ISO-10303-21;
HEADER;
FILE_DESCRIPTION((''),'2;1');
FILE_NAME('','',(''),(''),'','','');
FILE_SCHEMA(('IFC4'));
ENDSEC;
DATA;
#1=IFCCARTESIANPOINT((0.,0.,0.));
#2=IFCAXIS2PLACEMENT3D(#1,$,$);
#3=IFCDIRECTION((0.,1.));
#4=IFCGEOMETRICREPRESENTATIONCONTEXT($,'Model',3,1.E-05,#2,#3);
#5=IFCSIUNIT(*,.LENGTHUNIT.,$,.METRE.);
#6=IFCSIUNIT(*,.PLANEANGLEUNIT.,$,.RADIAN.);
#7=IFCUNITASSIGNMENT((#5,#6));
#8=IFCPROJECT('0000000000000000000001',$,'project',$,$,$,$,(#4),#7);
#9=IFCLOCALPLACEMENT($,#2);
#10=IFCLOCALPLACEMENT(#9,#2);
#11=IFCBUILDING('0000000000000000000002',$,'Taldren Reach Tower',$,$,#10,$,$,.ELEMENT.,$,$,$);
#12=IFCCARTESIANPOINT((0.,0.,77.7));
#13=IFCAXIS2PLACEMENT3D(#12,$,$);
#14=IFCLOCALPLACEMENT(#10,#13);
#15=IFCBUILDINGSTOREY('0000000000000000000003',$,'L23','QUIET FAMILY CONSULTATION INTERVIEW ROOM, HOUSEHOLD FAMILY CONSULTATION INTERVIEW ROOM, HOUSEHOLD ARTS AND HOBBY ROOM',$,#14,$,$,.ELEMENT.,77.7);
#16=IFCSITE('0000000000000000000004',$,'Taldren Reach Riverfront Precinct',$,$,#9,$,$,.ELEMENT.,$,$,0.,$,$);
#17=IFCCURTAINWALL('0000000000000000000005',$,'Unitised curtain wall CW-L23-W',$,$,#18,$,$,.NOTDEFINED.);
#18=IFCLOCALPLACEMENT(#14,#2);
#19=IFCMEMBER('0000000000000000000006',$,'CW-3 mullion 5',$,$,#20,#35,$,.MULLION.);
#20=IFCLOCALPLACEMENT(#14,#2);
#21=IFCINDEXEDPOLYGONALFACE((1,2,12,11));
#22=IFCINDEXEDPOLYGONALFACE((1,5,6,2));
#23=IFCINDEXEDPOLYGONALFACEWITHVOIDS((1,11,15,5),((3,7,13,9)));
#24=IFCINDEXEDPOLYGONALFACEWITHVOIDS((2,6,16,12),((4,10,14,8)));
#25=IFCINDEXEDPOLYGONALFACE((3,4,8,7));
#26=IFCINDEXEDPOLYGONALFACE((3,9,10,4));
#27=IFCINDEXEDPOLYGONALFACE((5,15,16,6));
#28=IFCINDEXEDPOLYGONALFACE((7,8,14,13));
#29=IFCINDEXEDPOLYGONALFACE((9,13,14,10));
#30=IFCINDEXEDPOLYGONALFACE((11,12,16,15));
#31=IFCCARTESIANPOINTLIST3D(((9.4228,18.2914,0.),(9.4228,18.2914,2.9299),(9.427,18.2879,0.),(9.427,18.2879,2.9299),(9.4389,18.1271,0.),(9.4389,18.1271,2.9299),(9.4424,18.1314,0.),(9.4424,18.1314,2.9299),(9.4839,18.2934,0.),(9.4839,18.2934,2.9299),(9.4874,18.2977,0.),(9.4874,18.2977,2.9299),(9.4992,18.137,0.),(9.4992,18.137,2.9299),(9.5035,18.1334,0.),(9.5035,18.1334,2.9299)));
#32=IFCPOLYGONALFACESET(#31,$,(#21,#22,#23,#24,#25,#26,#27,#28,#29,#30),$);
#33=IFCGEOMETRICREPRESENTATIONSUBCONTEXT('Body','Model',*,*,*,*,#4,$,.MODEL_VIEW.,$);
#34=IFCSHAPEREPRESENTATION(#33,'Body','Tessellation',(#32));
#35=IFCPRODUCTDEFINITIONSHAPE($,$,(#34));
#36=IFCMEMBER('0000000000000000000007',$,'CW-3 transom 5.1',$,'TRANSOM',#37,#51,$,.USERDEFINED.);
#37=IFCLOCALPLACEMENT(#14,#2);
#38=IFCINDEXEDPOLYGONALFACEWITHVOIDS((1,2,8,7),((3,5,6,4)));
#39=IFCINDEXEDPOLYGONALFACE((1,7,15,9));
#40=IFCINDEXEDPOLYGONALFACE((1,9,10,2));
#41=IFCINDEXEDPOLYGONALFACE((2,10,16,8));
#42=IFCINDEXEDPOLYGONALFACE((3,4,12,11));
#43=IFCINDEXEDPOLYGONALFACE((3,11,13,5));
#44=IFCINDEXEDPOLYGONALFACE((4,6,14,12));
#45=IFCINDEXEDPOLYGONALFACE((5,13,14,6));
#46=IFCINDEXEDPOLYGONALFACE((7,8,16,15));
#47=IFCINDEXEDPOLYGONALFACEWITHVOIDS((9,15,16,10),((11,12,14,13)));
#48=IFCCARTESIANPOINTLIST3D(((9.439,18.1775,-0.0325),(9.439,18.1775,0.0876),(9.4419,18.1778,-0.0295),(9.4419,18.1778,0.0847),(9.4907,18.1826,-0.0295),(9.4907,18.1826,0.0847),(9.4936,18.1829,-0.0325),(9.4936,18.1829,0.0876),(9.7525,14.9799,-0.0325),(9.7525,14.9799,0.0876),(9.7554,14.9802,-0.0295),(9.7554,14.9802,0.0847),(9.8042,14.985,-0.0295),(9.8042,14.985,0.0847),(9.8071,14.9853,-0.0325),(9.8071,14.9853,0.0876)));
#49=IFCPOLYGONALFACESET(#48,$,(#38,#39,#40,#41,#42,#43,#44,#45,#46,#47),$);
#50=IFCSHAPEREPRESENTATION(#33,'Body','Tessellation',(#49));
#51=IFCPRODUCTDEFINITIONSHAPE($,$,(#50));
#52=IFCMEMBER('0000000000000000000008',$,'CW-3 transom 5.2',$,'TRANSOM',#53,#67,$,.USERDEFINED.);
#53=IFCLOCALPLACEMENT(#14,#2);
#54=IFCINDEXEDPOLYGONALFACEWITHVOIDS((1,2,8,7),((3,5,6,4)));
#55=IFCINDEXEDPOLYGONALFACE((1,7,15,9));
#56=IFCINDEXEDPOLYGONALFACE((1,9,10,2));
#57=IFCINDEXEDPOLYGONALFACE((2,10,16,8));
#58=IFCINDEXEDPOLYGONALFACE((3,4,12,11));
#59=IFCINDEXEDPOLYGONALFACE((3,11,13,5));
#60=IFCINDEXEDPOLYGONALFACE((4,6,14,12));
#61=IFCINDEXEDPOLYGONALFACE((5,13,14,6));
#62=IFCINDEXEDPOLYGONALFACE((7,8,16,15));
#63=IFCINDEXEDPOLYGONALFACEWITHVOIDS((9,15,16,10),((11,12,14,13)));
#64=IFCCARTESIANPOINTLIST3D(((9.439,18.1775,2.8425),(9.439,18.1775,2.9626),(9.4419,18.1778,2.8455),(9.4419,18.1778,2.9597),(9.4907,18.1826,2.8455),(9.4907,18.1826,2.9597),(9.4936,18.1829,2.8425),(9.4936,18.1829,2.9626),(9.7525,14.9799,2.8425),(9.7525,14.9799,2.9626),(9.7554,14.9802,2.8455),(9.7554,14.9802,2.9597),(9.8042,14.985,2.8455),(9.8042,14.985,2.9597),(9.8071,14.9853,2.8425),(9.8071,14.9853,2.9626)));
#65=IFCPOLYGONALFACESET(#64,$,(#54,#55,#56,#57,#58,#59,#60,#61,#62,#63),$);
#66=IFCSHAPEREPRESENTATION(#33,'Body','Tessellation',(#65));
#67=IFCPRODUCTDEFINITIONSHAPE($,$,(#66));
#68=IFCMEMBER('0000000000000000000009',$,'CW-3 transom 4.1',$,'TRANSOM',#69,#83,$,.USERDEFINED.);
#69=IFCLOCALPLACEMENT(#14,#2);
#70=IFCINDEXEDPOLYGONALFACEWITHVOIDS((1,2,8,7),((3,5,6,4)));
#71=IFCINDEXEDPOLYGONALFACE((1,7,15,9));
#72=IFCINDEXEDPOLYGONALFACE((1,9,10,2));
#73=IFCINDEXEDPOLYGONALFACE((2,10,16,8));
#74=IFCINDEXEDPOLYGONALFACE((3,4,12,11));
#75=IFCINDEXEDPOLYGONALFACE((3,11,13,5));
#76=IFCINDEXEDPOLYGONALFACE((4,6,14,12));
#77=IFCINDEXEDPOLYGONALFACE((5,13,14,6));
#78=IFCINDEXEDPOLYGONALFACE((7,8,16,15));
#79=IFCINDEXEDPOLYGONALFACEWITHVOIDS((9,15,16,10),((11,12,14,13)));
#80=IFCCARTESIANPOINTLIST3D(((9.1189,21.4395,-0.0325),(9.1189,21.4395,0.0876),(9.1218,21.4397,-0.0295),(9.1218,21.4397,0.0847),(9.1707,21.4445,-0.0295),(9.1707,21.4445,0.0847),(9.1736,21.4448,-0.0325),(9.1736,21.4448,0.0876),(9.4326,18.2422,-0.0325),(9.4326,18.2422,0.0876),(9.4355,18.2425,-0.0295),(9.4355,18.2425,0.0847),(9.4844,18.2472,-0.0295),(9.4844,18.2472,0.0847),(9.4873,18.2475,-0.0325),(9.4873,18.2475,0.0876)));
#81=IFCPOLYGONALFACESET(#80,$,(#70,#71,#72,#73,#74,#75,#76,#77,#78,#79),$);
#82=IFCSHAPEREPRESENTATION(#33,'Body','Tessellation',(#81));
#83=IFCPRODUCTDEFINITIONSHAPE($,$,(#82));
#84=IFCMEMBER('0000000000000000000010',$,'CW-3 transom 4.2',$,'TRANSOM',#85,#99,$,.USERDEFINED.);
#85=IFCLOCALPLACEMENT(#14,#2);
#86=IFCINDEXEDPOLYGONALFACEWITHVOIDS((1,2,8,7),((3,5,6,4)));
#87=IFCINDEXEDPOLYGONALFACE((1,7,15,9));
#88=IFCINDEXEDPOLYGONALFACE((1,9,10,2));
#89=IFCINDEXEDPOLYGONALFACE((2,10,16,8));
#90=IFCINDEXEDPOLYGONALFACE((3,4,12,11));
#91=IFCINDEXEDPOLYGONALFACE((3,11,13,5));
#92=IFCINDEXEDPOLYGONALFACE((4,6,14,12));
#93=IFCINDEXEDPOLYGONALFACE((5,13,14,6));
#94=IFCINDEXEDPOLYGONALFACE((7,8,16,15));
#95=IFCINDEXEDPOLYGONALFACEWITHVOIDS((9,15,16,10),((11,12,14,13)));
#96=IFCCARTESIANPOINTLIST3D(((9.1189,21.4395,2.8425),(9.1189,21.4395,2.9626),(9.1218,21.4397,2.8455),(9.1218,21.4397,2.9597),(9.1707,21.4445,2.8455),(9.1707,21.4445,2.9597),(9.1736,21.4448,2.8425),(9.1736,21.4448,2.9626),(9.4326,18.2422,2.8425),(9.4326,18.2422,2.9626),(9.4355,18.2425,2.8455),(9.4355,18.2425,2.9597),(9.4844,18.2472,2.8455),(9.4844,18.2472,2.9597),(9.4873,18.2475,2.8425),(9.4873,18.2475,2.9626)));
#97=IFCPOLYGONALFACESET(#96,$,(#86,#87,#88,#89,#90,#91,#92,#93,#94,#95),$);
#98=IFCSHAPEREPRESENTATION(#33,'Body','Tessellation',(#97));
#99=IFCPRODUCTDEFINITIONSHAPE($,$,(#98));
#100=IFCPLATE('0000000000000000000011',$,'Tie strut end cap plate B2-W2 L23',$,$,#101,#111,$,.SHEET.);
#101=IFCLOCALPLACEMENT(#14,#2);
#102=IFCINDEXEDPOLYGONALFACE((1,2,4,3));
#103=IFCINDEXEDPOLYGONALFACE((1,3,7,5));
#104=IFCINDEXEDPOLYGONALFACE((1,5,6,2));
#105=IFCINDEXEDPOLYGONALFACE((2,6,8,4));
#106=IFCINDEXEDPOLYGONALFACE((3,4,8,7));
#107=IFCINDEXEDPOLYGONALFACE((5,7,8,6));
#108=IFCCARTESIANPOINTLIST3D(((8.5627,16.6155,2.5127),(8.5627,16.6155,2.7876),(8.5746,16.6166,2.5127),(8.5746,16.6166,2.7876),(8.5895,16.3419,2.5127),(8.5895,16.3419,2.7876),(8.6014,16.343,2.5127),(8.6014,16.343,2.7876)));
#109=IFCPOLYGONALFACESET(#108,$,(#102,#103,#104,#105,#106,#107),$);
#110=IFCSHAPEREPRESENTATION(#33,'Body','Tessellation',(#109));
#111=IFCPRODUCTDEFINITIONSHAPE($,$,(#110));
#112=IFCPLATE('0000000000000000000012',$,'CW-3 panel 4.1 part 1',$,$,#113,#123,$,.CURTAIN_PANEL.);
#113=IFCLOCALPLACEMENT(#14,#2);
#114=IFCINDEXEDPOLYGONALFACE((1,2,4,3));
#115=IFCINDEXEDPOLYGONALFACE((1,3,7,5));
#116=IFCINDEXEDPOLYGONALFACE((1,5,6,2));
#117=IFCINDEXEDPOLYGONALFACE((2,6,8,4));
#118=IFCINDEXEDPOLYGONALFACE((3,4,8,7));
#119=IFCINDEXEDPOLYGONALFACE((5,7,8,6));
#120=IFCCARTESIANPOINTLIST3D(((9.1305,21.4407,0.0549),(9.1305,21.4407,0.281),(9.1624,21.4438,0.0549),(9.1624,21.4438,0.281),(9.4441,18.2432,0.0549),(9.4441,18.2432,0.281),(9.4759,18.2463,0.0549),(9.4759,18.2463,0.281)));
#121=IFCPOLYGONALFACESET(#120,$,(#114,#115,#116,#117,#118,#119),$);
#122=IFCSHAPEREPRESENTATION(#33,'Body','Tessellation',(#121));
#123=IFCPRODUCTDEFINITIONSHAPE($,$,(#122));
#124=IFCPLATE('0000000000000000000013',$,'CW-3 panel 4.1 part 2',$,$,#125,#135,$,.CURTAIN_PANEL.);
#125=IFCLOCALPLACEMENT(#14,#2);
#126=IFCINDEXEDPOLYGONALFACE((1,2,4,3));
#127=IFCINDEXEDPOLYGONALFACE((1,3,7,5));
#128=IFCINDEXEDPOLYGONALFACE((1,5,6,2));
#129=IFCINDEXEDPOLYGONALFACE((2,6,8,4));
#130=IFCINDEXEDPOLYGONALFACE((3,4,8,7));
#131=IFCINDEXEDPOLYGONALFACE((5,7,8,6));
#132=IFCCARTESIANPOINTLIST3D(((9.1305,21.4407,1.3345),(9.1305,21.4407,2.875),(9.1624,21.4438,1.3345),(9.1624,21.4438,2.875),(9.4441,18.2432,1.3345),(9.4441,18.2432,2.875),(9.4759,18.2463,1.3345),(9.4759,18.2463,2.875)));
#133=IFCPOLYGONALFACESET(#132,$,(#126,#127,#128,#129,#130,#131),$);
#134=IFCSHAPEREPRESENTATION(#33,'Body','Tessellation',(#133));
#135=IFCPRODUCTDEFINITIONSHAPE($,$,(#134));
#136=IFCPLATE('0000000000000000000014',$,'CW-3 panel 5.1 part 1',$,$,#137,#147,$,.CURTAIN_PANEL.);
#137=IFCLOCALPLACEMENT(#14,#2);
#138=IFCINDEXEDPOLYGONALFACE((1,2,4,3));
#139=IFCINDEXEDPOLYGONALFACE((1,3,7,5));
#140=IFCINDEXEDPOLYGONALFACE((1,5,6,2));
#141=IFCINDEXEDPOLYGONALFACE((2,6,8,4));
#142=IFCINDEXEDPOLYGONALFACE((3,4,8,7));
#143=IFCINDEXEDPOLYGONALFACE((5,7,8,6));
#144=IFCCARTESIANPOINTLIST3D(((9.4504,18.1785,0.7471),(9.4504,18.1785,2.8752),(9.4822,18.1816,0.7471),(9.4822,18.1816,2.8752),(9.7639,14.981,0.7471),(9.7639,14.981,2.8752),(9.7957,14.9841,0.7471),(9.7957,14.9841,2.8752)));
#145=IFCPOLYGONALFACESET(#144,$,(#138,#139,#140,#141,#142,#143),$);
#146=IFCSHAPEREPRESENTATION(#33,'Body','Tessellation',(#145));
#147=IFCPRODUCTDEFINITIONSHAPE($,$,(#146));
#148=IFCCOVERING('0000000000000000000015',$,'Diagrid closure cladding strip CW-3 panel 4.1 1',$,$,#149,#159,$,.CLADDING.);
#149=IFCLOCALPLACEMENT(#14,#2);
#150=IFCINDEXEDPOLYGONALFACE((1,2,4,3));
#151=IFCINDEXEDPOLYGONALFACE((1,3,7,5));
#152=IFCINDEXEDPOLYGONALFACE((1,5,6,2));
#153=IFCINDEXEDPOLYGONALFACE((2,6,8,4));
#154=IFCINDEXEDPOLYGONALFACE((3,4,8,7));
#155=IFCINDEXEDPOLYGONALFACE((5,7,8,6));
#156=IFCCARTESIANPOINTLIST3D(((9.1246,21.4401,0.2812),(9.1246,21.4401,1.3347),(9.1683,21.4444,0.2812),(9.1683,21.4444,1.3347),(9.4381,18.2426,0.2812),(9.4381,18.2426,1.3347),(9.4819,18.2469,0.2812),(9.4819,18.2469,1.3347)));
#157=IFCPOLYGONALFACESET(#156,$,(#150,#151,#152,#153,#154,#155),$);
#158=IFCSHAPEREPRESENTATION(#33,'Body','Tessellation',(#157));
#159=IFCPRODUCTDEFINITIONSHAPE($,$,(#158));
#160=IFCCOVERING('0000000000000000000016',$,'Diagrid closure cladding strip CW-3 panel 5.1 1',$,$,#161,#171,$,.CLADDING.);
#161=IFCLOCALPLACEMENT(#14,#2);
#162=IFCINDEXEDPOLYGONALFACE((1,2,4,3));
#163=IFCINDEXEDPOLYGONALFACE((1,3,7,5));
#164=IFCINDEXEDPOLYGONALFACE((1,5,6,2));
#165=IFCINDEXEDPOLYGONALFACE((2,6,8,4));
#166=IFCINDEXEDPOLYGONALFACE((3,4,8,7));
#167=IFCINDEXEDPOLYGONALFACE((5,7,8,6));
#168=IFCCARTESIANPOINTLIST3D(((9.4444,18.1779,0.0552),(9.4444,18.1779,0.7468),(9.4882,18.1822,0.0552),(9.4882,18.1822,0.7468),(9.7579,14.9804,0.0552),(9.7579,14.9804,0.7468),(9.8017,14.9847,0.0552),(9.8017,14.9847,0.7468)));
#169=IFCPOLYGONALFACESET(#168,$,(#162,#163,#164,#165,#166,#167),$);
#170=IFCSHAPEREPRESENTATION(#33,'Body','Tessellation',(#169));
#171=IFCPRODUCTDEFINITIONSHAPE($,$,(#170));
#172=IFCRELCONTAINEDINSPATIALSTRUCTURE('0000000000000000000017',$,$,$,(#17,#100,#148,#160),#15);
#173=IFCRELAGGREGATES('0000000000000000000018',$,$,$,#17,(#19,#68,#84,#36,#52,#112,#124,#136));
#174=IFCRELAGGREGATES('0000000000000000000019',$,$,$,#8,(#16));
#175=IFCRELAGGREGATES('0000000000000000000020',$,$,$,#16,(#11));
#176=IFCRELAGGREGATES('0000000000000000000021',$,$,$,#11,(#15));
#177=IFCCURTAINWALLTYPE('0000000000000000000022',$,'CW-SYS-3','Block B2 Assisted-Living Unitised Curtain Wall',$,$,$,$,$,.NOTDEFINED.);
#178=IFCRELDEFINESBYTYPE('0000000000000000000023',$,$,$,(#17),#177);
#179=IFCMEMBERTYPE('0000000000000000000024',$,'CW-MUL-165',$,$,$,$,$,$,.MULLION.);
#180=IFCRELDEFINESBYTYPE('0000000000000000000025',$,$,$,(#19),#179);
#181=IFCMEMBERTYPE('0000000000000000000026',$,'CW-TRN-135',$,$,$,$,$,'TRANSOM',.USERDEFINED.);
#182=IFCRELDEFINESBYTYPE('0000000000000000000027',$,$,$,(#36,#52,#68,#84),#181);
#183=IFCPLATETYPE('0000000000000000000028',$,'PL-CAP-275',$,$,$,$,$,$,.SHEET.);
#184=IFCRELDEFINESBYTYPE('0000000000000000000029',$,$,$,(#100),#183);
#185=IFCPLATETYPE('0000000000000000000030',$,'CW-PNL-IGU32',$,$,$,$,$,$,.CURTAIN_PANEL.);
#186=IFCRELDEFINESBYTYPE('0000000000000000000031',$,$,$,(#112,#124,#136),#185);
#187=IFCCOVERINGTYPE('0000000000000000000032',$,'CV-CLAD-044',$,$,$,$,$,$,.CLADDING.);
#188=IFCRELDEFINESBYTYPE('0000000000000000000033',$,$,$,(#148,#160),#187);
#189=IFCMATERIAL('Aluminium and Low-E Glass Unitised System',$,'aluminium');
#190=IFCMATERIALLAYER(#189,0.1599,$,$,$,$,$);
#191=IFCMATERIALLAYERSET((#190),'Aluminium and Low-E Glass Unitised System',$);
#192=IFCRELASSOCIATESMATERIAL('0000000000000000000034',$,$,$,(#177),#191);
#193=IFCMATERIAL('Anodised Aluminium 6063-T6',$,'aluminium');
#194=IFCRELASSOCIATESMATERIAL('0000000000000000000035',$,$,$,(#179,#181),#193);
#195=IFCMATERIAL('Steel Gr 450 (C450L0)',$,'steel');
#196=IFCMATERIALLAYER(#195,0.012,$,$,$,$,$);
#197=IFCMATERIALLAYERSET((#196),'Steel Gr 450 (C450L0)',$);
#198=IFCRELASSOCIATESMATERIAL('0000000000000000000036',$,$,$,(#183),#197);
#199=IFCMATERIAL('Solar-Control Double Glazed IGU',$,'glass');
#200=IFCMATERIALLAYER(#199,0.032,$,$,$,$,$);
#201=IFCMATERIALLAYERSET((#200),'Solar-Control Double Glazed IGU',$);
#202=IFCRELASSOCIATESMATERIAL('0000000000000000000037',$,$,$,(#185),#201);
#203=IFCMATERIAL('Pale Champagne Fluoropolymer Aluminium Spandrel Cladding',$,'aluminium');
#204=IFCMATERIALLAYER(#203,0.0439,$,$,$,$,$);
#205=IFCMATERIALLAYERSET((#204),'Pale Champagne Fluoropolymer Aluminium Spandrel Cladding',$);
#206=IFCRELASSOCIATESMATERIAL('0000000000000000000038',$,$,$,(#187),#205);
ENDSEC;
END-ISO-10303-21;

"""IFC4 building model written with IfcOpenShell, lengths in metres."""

from ifc_helpers import new_model, si_unit, direction, frame, origin, origin_2d, place, context, subcontext, project, spatial, rectangle, hollow_rectangle, extrude, source, transform, mapped, material, layer, layer_set, material_profile, profile_set, type_object, element, aggregate, save


model = new_model("IFC4")

# Units and contexts
model_context = context("Model", 3, precision=1e-05, world=origin(), true_north=direction((0.0, 1.0)))
body_context = subcontext(model_context, "Body", "Model", "MODEL_VIEW")
ifc_project = project(units=[si_unit("LENGTHUNIT", "METRE"), si_unit("PLANEANGLEUNIT", "RADIAN")], contexts=[model_context])

# Site, building, storey
site_placement = place(None, origin())
site = spatial("IfcSite", under=ifc_project, at=site_placement, Name="Taldren Reach Riverfront Precinct", CompositionType="ELEMENT", RefElevation=0.0)
building_placement = place(site_placement, origin())
building = spatial("IfcBuilding", under=site, at=building_placement, Name="Taldren Reach Tower", CompositionType="ELEMENT")
storey_placement = place(building_placement, frame((0.0, 0.0, 77.7)))
storey = spatial("IfcBuildingStorey", under=building, at=storey_placement, Name="L23", Description="QUIET FAMILY CONSULTATION INTERVIEW ROOM, HOUSEHOLD FAMILY CONSULTATION INTERVIEW ROOM, HOUSEHOLD ARTS AND HOBBY ROOM", CompositionType="ELEMENT", Elevation=77.7)

# Shared definitions
ifc_material_1 = material(Name="Steel Gr 450 (C450L0)", Category="steel")

# Curtain wall, members
ifc_material_2 = material(Name="Aluminium and Low-E Glass Unitised System", Category="aluminium")
ifc_layer_1 = layer(ifc_material_2, 0.1599)
ifc_layer_set_1 = layer_set([ifc_layer_1], Name="Aluminium and Low-E Glass Unitised System")
curtain_wall_type = type_object("IfcCurtainWallType", Name="CW-SYS-3", Description="Block B2 Assisted-Living Unitised Curtain Wall", PredefinedType="NOTDEFINED", material=ifc_layer_set_1)
curtain_wall_placement = place(storey_placement, origin())
curtain_wall = element("IfcCurtainWall", 1, at=curtain_wall_placement, inside=storey, type_object=curtain_wall_type, Name="Unitised curtain wall CW-L23-W", PredefinedType="NOTDEFINED")
ifc_material_3 = material(Name="Anodised Aluminium 6063-T6", Category="aluminium")
ifc_material_profile_1 = material_profile(ifc_material_3, hollow_rectangle(XDim=0.0649, YDim=0.165, WallThickness=0.0039, at=origin_2d()), Name="ALU-165x65x4RHS")
ifc_profile_set_1 = profile_set([ifc_material_profile_1], Name="Anodised Aluminium 6063-T6")
member_type_1 = type_object("IfcMemberType", Name="CW-MUL-165", PredefinedType="MULLION", material=ifc_profile_set_1)
shared_shape_1 = source(origin(), body_context, "Body", "SweptSolid", [
    extrude(hollow_rectangle(XDim=0.0649, YDim=0.165, WallThickness=0.0039, at=origin_2d()), origin(), (0.0, 0.0, 1.0), 2.9299),
])
member_1_placement = place(storey_placement, frame((9.4631, 18.2124, 0.0), z_axis=(0.0, 0.0, 1.0), x_axis=(0.995227, 0.097583, 0.0)))
member_1 = element("IfcMember", 2, at=member_1_placement, type_object=member_type_1, Name="CW-3 mullion 5", PredefinedType="MULLION", context=body_context, shape_type="MappedRepresentation", body=[
    mapped(shared_shape_1, transform((0.0, 0.0, 0.0), scale=1.0)),
])
ifc_material_profile_2 = material_profile(ifc_material_3, hollow_rectangle(XDim=0.0549, YDim=0.1201, WallThickness=0.0029, at=origin_2d()), Name="ALU-120x55x3RHS")
ifc_profile_set_2 = profile_set([ifc_material_profile_2], Name="Anodised Aluminium 6063-T6")
member_type_2 = type_object("IfcMemberType", Name="CW-TRN-135", ElementType="TRANSOM", PredefinedType="USERDEFINED", material=ifc_profile_set_2)
shared_shape_2 = source(origin(), body_context, "Body", "SweptSolid", [
    extrude(hollow_rectangle(XDim=0.0549, YDim=0.1201, WallThickness=0.0029, at=origin_2d()), origin(), (0.0, 0.0, 1.0), 3.2129),
])
member_2_placement = place(storey_placement, frame((9.4663, 18.1802, 0.0276), z_axis=(0.09757, -0.995229, 0.0), x_axis=(0.995229, 0.09757, 0.0)))
member_2 = element("IfcMember", 3, at=member_2_placement, type_object=member_type_2, Name="CW-3 transom 5.1", ObjectType="TRANSOM", PredefinedType="USERDEFINED", context=body_context, shape_type="MappedRepresentation", body=[
    mapped(shared_shape_2, transform((0.0, 0.0, 0.0), scale=1.0)),
])
member_3_placement = place(storey_placement, frame((9.4663, 18.1802, 2.9026), z_axis=(0.09757, -0.995229, 0.0), x_axis=(0.995229, 0.09757, 0.0)))
member_3 = element("IfcMember", 4, at=member_3_placement, type_object=member_type_2, Name="CW-3 transom 5.2", ObjectType="TRANSOM", PredefinedType="USERDEFINED", context=body_context, shape_type="MappedRepresentation", body=[
    mapped(shared_shape_2, transform((0.0, 0.0, 0.0), scale=1.0)),
])
shared_shape_3 = source(origin(), body_context, "Body", "SweptSolid", [
    extrude(hollow_rectangle(XDim=0.0549, YDim=0.1201, WallThickness=0.0029, at=origin_2d()), origin(), (0.0, 0.0, 1.0), 3.2126),
])
member_4_placement = place(storey_placement, frame((9.1462, 21.4421, 0.0276), z_axis=(0.097653, -0.995221, 0.0), x_axis=(0.995221, 0.097653, 0.0)))
member_4 = element("IfcMember", 5, at=member_4_placement, type_object=member_type_2, Name="CW-3 transom 4.1", ObjectType="TRANSOM", PredefinedType="USERDEFINED", context=body_context, shape_type="MappedRepresentation", body=[
    mapped(shared_shape_3, transform((0.0, 0.0, 0.0), scale=1.0)),
])
member_5_placement = place(storey_placement, frame((9.1462, 21.4421, 2.9026), z_axis=(0.097653, -0.995221, 0.0), x_axis=(0.995221, 0.097653, 0.0)))
member_5 = element("IfcMember", 6, at=member_5_placement, type_object=member_type_2, Name="CW-3 transom 4.2", ObjectType="TRANSOM", PredefinedType="USERDEFINED", context=body_context, shape_type="MappedRepresentation", body=[
    mapped(shared_shape_3, transform((0.0, 0.0, 0.0), scale=1.0)),
])

# Plates
ifc_layer_2 = layer(ifc_material_1, 0.012)
ifc_layer_set_2 = layer_set([ifc_layer_2], Name="Steel Gr 450 (C450L0)")
plate_type_1 = type_object("IfcPlateType", Name="PL-CAP-275", PredefinedType="SHEET", material=ifc_layer_set_2)
shared_shape_4 = source(origin(), body_context, "Body", "SweptSolid", [
    extrude(rectangle(XDim=0.012, YDim=0.2749, at=origin_2d()), origin(), (0.0, 0.0, 1.0), 0.2749),
])
plate_1_placement = place(storey_placement, frame((8.582, 16.4792, 2.5127), z_axis=(0.0, 0.0, 1.0), x_axis=(0.995227, 0.097583, 0.0)))
element("IfcPlate", 7, at=plate_1_placement, inside=storey, type_object=plate_type_1, Name="Tie strut end cap plate B2-W2 L23", PredefinedType="SHEET", context=body_context, shape_type="MappedRepresentation", body=[
    mapped(shared_shape_4, transform((0.0, 0.0, 0.0), scale=1.0)),
])
ifc_material_4 = material(Name="Solar-Control Double Glazed IGU", Category="glass")
ifc_layer_3 = layer(ifc_material_4, 0.032)
ifc_layer_set_3 = layer_set([ifc_layer_3], Name="Solar-Control Double Glazed IGU")
plate_type_2 = type_object("IfcPlateType", Name="CW-PNL-IGU32", PredefinedType="CURTAIN_PANEL", material=ifc_layer_set_3)
shared_shape_5 = source(origin(), body_context, "Body", "SweptSolid", [
    extrude(rectangle(XDim=3.2129, YDim=0.032, at=origin_2d()), origin(), (0.0, 0.0, 1.0), 0.2261),
])
plate_2_placement = place(storey_placement, frame((9.3032, 19.8435, 0.0549), z_axis=(0.0, 0.0, 1.0), x_axis=(0.097583, -0.995227, 0.0)))
plate_2 = element("IfcPlate", 8, at=plate_2_placement, type_object=plate_type_2, Name="CW-3 panel 4.1 part 1", PredefinedType="CURTAIN_PANEL", context=body_context, shape_type="MappedRepresentation", body=[
    mapped(shared_shape_5, transform((0.0, 0.0, 0.0), scale=1.0)),
])
shared_shape_6 = source(origin(), body_context, "Body", "SweptSolid", [
    extrude(rectangle(XDim=3.2129, YDim=0.032, at=origin_2d()), origin(), (0.0, 0.0, 1.0), 1.5405),
])
plate_3_placement = place(storey_placement, frame((9.3032, 19.8435, 1.3345), z_axis=(0.0, 0.0, 1.0), x_axis=(0.097583, -0.995227, 0.0)))
plate_3 = element("IfcPlate", 9, at=plate_3_placement, type_object=plate_type_2, Name="CW-3 panel 4.1 part 2", PredefinedType="CURTAIN_PANEL", context=body_context, shape_type="MappedRepresentation", body=[
    mapped(shared_shape_6, transform((0.0, 0.0, 0.0), scale=1.0)),
])
shared_shape_7 = source(origin(), body_context, "Body", "SweptSolid", [
    extrude(rectangle(XDim=3.2129, YDim=0.032, at=origin_2d()), origin(), (0.0, 0.0, 1.0), 2.1282),
])
plate_4_placement = place(storey_placement, frame((9.623, 16.5813, 0.7471), z_axis=(0.0, 0.0, 1.0), x_axis=(0.097583, -0.995227, 0.0)))
plate_4 = element("IfcPlate", 10, at=plate_4_placement, type_object=plate_type_2, Name="CW-3 panel 5.1 part 1", PredefinedType="CURTAIN_PANEL", context=body_context, shape_type="MappedRepresentation", body=[
    mapped(shared_shape_7, transform((0.0, 0.0, 0.0), scale=1.0)),
])
aggregate(curtain_wall, [member_1, member_4, member_5, member_2, member_3, plate_2, plate_3, plate_4])

# Coverings
ifc_material_5 = material(Name="Pale Champagne Fluoropolymer Aluminium Spandrel Cladding", Category="aluminium")
ifc_layer_4 = layer(ifc_material_5, 0.0439)
ifc_layer_set_4 = layer_set([ifc_layer_4], Name="Pale Champagne Fluoropolymer Aluminium Spandrel Cladding")
covering_type = type_object("IfcCoveringType", Name="CV-CLAD-044", PredefinedType="CLADDING", material=ifc_layer_set_4)
shared_shape_8 = source(origin(), body_context, "Body", "SweptSolid", [
    extrude(rectangle(XDim=3.2129, YDim=0.0439, at=origin_2d()), origin(), (0.0, 0.0, 1.0), 1.0535),
])
covering_1_placement = place(storey_placement, frame((9.3032, 19.8435, 0.2812), z_axis=(0.0, 0.0, 1.0), x_axis=(0.097583, -0.995227, 0.0)))
element("IfcCovering", 11, at=covering_1_placement, inside=storey, type_object=covering_type, Name="Diagrid closure cladding strip CW-3 panel 4.1 1", PredefinedType="CLADDING", context=body_context, shape_type="MappedRepresentation", body=[
    mapped(shared_shape_8, transform((0.0, 0.0, 0.0), scale=1.0)),
])
shared_shape_9 = source(origin(), body_context, "Body", "SweptSolid", [
    extrude(rectangle(XDim=3.2129, YDim=0.0439, at=origin_2d()), origin(), (0.0, 0.0, 1.0), 0.6917),
])
covering_2_placement = place(storey_placement, frame((9.623, 16.5813, 0.0552), z_axis=(0.0, 0.0, 1.0), x_axis=(0.097583, -0.995227, 0.0)))
element("IfcCovering", 12, at=covering_2_placement, inside=storey, type_object=covering_type, Name="Diagrid closure cladding strip CW-3 panel 5.1 1", PredefinedType="CLADDING", context=body_context, shape_type="MappedRepresentation", body=[
    mapped(shared_shape_9, transform((0.0, 0.0, 0.0), scale=1.0)),
])

save(model, "model.ifc")
